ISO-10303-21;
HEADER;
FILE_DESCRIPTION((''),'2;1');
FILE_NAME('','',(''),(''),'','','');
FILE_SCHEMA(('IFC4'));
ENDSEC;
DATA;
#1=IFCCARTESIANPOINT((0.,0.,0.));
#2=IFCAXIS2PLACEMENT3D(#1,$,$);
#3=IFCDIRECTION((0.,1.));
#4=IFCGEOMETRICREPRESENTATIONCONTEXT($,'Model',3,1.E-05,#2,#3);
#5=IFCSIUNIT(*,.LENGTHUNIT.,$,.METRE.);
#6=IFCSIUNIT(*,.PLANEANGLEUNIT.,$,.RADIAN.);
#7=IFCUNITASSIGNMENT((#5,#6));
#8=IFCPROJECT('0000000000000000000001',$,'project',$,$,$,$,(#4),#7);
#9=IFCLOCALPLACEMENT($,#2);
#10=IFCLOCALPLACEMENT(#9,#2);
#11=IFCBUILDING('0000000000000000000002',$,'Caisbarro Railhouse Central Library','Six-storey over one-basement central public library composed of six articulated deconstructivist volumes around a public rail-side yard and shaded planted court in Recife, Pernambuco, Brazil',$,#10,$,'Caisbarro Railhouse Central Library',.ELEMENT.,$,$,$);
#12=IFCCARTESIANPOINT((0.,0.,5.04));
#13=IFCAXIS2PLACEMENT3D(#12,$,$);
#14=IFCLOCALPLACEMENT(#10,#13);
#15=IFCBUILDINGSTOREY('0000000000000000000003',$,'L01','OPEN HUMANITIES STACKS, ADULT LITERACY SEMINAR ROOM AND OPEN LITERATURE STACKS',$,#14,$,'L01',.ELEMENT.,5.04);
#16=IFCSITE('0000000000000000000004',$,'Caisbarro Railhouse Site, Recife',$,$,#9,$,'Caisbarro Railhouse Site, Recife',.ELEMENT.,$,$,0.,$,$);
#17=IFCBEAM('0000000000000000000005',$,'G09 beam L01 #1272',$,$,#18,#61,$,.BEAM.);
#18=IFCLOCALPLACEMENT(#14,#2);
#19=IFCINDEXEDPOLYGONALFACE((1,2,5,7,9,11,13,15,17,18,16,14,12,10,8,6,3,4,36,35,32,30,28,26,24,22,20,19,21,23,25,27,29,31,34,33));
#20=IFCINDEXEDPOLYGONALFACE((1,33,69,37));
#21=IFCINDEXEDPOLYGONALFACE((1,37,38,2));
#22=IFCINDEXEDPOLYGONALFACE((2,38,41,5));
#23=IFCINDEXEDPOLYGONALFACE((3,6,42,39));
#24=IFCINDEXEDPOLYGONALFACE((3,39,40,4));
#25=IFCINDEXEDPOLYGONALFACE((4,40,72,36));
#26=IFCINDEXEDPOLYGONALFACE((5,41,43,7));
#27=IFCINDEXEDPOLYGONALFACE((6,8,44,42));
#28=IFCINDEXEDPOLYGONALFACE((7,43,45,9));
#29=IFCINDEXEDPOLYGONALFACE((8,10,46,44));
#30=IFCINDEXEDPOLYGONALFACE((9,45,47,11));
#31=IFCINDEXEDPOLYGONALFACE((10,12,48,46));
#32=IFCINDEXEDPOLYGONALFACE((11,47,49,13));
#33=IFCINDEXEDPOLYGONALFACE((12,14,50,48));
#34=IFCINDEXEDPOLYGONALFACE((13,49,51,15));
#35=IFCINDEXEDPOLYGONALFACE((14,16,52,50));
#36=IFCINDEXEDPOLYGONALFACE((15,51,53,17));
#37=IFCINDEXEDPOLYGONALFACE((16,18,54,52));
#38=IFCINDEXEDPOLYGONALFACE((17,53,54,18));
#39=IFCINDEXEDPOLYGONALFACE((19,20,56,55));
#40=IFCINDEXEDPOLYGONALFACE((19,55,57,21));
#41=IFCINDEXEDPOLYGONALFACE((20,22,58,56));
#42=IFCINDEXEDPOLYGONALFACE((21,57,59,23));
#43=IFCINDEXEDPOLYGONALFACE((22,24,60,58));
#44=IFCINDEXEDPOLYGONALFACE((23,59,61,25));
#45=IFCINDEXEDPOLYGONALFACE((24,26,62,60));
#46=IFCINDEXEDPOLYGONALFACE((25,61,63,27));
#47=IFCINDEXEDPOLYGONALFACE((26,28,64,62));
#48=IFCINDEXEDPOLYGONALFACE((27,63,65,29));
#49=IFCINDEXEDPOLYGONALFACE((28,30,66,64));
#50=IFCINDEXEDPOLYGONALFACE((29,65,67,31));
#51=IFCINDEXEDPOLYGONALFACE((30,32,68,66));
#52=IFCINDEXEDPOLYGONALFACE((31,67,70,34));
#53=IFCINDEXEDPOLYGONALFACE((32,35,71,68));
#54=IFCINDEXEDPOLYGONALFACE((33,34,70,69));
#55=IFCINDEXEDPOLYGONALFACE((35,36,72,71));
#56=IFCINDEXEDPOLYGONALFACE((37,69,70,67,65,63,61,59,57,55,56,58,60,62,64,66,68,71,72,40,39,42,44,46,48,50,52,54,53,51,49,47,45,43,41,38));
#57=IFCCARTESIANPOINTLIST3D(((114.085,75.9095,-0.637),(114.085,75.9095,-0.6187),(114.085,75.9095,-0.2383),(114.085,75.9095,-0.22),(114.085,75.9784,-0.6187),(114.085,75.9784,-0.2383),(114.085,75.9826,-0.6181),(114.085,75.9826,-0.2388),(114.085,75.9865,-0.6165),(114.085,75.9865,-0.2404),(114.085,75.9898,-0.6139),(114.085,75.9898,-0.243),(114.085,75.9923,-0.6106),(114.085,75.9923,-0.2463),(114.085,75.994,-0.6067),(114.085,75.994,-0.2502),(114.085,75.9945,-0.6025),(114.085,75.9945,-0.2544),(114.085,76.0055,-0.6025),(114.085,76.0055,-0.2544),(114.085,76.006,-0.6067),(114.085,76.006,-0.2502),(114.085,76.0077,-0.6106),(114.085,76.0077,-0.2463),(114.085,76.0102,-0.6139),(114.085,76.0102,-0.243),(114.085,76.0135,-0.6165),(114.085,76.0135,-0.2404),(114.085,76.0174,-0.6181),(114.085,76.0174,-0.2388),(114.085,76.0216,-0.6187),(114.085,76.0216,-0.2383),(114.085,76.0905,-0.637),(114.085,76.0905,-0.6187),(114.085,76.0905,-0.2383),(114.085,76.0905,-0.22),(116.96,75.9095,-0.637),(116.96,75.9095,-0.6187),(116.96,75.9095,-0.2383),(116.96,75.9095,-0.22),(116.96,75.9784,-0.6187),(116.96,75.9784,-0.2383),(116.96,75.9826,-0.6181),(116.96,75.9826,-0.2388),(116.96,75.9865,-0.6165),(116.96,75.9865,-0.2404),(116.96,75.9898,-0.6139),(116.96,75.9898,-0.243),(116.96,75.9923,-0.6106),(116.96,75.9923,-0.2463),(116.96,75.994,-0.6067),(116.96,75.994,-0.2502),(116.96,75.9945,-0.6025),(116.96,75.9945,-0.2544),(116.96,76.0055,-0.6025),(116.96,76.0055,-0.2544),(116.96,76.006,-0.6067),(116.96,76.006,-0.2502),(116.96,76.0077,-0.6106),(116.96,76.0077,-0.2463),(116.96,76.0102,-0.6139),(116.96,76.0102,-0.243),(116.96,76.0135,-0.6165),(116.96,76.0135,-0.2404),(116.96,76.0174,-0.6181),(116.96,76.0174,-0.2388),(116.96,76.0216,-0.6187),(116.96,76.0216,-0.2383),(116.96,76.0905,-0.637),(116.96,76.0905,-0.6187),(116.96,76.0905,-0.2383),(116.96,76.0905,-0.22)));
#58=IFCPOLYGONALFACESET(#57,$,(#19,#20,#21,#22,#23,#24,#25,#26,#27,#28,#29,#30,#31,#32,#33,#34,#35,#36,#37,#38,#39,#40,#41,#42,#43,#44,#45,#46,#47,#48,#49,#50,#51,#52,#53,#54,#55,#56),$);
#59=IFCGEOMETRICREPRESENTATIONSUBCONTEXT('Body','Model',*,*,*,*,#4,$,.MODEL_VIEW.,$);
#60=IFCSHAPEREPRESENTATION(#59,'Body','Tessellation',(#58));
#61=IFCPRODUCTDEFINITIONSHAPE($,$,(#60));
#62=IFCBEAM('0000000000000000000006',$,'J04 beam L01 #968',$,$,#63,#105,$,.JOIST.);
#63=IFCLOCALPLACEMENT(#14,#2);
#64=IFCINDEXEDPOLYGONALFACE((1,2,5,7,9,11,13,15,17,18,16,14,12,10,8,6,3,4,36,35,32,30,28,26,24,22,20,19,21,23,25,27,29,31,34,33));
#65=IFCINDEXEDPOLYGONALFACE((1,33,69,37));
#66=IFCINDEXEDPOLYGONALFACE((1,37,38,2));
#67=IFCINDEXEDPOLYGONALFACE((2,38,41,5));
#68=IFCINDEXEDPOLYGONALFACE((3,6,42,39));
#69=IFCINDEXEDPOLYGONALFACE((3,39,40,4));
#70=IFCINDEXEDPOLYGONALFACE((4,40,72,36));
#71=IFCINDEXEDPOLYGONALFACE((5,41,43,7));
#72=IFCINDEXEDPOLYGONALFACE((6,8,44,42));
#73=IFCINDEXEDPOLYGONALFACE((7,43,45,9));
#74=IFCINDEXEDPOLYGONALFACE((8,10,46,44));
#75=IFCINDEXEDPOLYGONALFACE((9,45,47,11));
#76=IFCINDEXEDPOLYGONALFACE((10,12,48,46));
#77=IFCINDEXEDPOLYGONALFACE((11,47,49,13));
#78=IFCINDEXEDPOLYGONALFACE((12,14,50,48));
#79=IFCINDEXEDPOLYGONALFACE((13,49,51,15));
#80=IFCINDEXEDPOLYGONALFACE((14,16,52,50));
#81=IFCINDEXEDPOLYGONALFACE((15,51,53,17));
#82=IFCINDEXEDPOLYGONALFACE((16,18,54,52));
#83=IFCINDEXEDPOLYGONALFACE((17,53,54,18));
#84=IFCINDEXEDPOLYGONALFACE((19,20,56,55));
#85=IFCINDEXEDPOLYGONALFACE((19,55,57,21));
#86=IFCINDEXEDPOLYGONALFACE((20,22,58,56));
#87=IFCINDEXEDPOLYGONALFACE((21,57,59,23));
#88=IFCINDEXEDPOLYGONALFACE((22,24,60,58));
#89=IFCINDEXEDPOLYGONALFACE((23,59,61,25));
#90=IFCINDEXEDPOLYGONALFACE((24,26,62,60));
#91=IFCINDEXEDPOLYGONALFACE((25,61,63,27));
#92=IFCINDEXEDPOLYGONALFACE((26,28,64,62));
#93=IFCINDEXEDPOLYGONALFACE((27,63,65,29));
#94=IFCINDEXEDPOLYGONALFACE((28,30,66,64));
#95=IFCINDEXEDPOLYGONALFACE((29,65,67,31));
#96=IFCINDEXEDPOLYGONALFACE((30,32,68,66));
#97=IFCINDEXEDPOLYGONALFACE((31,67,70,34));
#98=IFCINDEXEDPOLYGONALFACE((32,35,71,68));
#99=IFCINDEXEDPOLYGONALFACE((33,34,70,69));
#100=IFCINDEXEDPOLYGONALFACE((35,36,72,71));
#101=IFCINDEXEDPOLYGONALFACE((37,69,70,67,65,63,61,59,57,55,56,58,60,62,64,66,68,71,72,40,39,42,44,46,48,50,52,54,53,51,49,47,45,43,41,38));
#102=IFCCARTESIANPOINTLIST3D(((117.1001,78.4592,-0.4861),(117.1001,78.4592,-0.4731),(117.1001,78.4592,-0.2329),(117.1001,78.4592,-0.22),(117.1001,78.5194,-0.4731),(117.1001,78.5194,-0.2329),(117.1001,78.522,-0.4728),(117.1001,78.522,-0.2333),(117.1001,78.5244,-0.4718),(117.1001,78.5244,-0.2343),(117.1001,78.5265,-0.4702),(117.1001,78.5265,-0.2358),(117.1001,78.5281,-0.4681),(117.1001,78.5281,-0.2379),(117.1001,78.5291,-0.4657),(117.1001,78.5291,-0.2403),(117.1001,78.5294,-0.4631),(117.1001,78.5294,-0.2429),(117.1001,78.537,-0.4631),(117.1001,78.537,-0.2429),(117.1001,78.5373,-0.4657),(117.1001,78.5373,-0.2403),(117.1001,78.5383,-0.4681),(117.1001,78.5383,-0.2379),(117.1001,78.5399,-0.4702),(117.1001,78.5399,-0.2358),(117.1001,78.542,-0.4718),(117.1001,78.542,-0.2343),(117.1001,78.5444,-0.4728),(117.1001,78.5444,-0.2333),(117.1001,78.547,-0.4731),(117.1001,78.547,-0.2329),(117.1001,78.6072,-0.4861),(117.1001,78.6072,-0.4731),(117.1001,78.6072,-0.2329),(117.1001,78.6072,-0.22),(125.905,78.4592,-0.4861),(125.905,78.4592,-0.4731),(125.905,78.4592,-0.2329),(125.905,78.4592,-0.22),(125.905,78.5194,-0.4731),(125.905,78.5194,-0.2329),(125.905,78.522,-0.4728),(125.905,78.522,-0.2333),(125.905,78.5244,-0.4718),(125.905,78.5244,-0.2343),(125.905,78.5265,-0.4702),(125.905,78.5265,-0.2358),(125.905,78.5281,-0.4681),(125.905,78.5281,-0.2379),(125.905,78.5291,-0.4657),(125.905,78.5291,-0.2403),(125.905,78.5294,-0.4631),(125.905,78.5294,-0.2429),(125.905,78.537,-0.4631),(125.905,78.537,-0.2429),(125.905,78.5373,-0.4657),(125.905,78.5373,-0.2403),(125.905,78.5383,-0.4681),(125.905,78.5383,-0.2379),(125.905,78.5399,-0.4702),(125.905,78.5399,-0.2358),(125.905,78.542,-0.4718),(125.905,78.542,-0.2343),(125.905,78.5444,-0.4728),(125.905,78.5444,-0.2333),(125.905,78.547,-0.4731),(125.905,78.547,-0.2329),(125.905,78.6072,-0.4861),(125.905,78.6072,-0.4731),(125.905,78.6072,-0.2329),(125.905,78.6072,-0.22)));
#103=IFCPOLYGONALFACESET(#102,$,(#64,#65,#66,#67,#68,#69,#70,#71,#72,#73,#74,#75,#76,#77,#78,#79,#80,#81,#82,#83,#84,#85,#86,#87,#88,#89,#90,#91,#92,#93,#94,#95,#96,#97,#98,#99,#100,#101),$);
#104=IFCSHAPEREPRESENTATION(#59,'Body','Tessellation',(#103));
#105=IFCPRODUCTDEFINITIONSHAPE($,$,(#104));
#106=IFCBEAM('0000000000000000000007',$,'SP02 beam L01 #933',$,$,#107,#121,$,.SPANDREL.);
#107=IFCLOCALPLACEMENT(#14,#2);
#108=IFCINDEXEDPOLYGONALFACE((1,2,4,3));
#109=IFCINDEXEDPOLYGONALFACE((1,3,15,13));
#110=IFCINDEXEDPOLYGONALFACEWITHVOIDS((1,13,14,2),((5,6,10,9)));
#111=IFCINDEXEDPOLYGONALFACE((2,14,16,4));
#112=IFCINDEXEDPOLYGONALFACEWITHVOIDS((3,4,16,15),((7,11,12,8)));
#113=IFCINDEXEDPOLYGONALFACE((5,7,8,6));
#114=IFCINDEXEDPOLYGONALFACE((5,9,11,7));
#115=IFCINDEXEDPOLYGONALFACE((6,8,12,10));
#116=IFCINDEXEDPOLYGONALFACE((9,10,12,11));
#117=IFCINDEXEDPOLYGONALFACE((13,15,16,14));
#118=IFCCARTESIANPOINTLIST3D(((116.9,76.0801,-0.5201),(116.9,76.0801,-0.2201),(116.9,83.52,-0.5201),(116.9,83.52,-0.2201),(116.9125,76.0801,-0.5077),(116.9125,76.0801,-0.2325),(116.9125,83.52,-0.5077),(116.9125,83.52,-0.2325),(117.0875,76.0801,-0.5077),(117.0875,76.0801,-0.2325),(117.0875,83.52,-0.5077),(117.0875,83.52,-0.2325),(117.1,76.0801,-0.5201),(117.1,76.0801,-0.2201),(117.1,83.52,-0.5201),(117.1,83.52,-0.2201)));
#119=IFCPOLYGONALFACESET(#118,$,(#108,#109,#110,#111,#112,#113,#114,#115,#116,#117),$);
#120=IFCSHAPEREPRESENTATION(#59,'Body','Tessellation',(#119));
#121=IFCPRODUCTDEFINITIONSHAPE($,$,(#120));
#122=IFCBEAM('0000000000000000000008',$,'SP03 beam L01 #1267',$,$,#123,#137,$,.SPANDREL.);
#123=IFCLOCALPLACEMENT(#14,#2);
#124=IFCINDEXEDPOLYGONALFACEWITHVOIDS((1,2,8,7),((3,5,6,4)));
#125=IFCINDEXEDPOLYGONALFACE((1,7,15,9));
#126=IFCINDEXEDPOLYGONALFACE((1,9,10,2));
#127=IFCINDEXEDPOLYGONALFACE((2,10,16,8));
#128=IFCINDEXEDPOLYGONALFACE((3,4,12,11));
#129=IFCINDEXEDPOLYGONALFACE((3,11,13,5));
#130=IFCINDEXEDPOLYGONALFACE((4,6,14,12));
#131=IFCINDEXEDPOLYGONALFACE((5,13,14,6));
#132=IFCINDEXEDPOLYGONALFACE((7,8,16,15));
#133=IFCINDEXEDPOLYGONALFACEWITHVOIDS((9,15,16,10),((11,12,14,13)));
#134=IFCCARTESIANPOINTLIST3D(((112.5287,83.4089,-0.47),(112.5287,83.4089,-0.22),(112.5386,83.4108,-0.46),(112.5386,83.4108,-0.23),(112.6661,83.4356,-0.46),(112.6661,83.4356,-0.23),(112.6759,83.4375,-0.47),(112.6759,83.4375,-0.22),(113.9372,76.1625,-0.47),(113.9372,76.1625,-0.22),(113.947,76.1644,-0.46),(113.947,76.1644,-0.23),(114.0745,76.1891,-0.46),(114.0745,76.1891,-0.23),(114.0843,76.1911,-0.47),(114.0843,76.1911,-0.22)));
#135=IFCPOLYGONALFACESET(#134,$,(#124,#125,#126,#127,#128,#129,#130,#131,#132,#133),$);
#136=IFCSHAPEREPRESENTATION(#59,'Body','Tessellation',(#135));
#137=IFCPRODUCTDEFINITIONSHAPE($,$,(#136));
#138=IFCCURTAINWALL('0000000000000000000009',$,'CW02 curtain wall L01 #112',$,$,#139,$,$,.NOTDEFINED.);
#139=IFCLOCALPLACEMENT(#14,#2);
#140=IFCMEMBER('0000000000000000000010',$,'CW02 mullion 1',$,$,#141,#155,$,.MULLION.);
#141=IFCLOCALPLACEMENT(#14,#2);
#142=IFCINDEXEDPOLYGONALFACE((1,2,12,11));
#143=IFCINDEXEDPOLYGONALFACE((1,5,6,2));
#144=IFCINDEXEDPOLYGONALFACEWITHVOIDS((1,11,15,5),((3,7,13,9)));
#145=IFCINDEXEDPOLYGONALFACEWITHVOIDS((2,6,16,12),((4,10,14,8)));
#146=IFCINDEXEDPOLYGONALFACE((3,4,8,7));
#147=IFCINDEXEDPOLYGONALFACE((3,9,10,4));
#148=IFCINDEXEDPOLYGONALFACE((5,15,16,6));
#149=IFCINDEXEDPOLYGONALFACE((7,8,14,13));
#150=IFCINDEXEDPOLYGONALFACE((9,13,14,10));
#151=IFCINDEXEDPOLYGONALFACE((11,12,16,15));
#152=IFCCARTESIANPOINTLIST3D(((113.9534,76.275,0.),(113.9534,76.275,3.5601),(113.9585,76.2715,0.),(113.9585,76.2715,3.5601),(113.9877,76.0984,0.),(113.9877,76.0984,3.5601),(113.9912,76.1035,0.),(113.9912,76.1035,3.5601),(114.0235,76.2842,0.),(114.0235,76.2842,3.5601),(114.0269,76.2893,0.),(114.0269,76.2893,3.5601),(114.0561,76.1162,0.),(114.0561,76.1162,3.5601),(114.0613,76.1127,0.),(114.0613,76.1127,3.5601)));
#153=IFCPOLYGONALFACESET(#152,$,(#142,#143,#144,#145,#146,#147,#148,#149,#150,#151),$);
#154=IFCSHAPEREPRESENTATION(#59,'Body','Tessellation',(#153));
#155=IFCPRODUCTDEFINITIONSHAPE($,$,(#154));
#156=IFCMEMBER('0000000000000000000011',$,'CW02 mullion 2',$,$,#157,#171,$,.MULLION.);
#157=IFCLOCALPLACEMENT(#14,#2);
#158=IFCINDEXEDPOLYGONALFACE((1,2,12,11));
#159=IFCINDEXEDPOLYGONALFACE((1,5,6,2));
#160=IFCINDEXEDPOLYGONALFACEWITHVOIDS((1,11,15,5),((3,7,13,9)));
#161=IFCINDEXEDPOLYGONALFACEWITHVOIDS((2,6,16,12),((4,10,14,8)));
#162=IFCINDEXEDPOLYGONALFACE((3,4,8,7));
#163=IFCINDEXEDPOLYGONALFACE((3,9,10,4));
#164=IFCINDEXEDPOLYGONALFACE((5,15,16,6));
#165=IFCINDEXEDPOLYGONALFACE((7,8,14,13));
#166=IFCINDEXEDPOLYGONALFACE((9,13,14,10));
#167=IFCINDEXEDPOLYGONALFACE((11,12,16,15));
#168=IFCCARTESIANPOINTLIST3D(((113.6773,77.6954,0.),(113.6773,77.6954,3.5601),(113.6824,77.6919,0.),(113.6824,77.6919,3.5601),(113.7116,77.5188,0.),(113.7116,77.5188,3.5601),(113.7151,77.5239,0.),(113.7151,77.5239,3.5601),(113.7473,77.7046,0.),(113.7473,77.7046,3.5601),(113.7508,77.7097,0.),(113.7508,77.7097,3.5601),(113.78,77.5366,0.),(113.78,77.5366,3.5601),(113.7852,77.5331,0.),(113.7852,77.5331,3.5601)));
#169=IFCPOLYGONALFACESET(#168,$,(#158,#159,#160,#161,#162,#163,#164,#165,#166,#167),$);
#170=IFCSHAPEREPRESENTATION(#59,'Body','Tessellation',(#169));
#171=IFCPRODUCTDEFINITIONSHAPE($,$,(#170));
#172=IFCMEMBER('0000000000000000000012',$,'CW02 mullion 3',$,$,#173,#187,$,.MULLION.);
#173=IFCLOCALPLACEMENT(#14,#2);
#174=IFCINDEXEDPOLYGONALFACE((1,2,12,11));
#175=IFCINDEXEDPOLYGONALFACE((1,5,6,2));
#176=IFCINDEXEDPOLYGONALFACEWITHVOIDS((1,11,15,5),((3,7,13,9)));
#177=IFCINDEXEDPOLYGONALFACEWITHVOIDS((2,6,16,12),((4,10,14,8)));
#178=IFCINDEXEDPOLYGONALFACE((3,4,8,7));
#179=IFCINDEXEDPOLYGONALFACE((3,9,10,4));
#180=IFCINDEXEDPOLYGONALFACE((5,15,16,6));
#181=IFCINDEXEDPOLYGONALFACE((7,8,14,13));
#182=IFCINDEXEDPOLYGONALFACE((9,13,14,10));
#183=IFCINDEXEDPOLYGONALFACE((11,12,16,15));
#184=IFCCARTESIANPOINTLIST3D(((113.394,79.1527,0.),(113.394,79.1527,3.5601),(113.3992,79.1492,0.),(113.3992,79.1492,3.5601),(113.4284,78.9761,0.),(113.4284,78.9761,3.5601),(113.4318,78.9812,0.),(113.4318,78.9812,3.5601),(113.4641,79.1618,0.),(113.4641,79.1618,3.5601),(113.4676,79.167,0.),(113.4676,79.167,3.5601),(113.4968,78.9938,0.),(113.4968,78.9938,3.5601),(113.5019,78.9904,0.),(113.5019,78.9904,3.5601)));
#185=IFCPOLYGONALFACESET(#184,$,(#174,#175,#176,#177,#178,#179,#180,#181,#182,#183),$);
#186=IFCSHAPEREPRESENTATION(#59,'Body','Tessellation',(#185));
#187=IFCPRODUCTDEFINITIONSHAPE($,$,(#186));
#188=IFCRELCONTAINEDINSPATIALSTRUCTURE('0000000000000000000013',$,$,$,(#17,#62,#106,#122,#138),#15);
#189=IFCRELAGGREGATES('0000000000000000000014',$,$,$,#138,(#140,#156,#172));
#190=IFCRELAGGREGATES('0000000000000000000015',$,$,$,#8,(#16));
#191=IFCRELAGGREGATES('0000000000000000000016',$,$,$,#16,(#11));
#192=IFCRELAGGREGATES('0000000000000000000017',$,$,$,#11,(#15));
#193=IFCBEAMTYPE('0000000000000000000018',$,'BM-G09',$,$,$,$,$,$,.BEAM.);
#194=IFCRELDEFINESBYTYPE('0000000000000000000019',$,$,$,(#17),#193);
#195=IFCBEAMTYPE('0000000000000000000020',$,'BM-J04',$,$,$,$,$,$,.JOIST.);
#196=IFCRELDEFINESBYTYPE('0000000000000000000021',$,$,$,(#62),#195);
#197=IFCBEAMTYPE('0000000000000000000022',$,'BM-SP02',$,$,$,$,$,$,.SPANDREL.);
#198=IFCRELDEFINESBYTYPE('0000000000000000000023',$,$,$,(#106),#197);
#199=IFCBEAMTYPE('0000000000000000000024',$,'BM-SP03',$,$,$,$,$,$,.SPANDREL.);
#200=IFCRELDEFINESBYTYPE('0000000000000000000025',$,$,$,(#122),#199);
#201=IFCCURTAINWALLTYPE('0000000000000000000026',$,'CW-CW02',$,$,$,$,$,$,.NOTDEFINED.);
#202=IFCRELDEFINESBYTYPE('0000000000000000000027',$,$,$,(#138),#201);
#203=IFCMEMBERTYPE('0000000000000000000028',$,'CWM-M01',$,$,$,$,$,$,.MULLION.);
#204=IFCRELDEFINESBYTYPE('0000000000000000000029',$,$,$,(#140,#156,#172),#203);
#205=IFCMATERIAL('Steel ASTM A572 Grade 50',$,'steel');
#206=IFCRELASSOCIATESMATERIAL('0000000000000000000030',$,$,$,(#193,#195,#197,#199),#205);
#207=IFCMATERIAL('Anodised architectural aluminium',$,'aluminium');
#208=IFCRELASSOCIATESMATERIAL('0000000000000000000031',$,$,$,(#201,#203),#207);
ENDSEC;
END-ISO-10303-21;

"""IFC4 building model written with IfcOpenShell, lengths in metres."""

from ifc_helpers import new_model, si_unit, direction, frame, origin, origin_2d, place, context, subcontext, project, spatial, hollow_rectangle, i_section, extrude, material, material_profile, profile_set, type_object, element, aggregate, save


model = new_model("IFC4")

# Units and contexts
model_context = context("Model", 3, precision=1e-05, world=origin(), true_north=direction((0.0, 1.0)))
body_context = subcontext(model_context, "Body", "Model", "MODEL_VIEW")
ifc_project = project(units=[si_unit("LENGTHUNIT", "METRE"), si_unit("PLANEANGLEUNIT", "RADIAN")], contexts=[model_context])

# Site, building, storey
site_placement = place(None, origin())
site = spatial("IfcSite", under=ifc_project, at=site_placement, Name="Caisbarro Railhouse Site, Recife", LongName="Caisbarro Railhouse Site, Recife", CompositionType="ELEMENT", RefElevation=0.0)
building_placement = place(site_placement, origin())
building = spatial("IfcBuilding", under=site, at=building_placement, Name="Caisbarro Railhouse Central Library", Description="Six-storey over one-basement central public library composed of six articulated deconstructivist volumes around a public rail-side yard and shaded planted court in Recife, Pernambuco, Brazil", LongName="Caisbarro Railhouse Central Library", CompositionType="ELEMENT")
storey_placement = place(building_placement, frame((0.0, 0.0, 5.04)))
storey = spatial("IfcBuildingStorey", under=building, at=storey_placement, Name="L01", Description="OPEN HUMANITIES STACKS, ADULT LITERACY SEMINAR ROOM AND OPEN LITERATURE STACKS", LongName="L01", CompositionType="ELEMENT", Elevation=5.04)

# Shared definitions
ifc_material_1 = material(Name="Steel ASTM A572 Grade 50", Category="steel")

# Beams
ifc_material_profile_1 = material_profile(ifc_material_1, i_section(OverallWidth=0.1809, OverallDepth=0.417, WebThickness=0.011, FlangeThickness=0.0183, FilletRadius=0.0161, at=origin_2d()), Name="W410X85.0")
ifc_profile_set_1 = profile_set([ifc_material_profile_1], Name="Steel ASTM A572 Grade 50")
beam_type_1 = type_object("IfcBeamType", Name="BM-G09", PredefinedType="BEAM", material=ifc_profile_set_1)
beam_1_placement = place(storey_placement, frame((114.085, 76.0, -0.4285), z_axis=(1.0, 0.0, 0.0), x_axis=(0.0, 1.0, 0.0)))
element("IfcBeam", 1, at=beam_1_placement, inside=storey, type_object=beam_type_1, Name="G09 beam L01 #1272", PredefinedType="BEAM", context=body_context, shape_type="SweptSolid", body=[
    extrude(i_section(OverallWidth=0.1809, OverallDepth=0.417, WebThickness=0.011, FlangeThickness=0.0183, FilletRadius=0.0161, at=origin_2d()), origin(), (0.0, 0.0, 1.0), 2.875),
])
ifc_material_profile_2 = material_profile(ifc_material_1, i_section(OverallWidth=0.1479, OverallDepth=0.2661, WebThickness=0.0076, FlangeThickness=0.0129, FilletRadius=0.01, at=origin_2d()), Name="W250X44.8")
ifc_profile_set_2 = profile_set([ifc_material_profile_2], Name="Steel ASTM A572 Grade 50")
beam_type_2 = type_object("IfcBeamType", Name="BM-J04", PredefinedType="JOIST", material=ifc_profile_set_2)
beam_2_placement = place(storey_placement, frame((117.1001, 78.5332, -0.353), z_axis=(1.0, 0.0, 0.0), x_axis=(0.0, 1.0, 0.0)))
element("IfcBeam", 2, at=beam_2_placement, inside=storey, type_object=beam_type_2, Name="J04 beam L01 #968", PredefinedType="JOIST", context=body_context, shape_type="SweptSolid", body=[
    extrude(i_section(OverallWidth=0.1479, OverallDepth=0.2661, WebThickness=0.0076, FlangeThickness=0.0129, FilletRadius=0.01, at=origin_2d()), origin(), (0.0, 0.0, 1.0), 8.8049),
])
ifc_material_profile_3 = material_profile(ifc_material_1, hollow_rectangle(XDim=0.2, YDim=0.3, WallThickness=0.0125, at=origin_2d()), Name="HSS300X200X12.5")
ifc_profile_set_3 = profile_set([ifc_material_profile_3], Name="Steel ASTM A572 Grade 50")
beam_type_3 = type_object("IfcBeamType", Name="BM-SP02", PredefinedType="SPANDREL", material=ifc_profile_set_3)
beam_3_placement = place(storey_placement, frame((117.0, 76.0801, -0.3701), z_axis=(0.0, 1.0, 0.0), x_axis=(-1.0, 0.0, 0.0)))
element("IfcBeam", 3, at=beam_3_placement, inside=storey, type_object=beam_type_3, Name="SP02 beam L01 #933", PredefinedType="SPANDREL", context=body_context, shape_type="SweptSolid", body=[
    extrude(hollow_rectangle(XDim=0.2, YDim=0.3, WallThickness=0.0125, at=origin_2d()), origin(), (0.0, 0.0, 1.0), 7.4399),
])
ifc_material_profile_4 = material_profile(ifc_material_1, hollow_rectangle(XDim=0.1499, YDim=0.25, WallThickness=0.01, at=origin_2d()), Name="HSS250X150X10")
ifc_profile_set_4 = profile_set([ifc_material_profile_4], Name="Steel ASTM A572 Grade 50")
beam_type_4 = type_object("IfcBeamType", Name="BM-SP03", PredefinedType="SPANDREL", material=ifc_profile_set_4)
beam_4_placement = place(storey_placement, frame((114.0107, 76.1768, -0.345), z_axis=(-0.19079, 0.981631, 0.0), x_axis=(-0.981631, -0.19079, 0.0)))
element("IfcBeam", 4, at=beam_4_placement, inside=storey, type_object=beam_type_4, Name="SP03 beam L01 #1267", PredefinedType="SPANDREL", context=body_context, shape_type="SweptSolid", body=[
    extrude(hollow_rectangle(XDim=0.1499, YDim=0.25, WallThickness=0.01, at=origin_2d()), origin(), (0.0, 0.0, 1.0), 7.3821),
])

# Curtain wall, members
ifc_material_2 = material(Name="Anodised architectural aluminium", Category="aluminium")
curtain_wall_type = type_object("IfcCurtainWallType", Name="CW-CW02", PredefinedType="NOTDEFINED", material=ifc_material_2)
curtain_wall_placement = place(storey_placement, origin())
curtain_wall = element("IfcCurtainWall", 5, at=curtain_wall_placement, inside=storey, type_object=curtain_wall_type, Name="CW02 curtain wall L01 #112", PredefinedType="NOTDEFINED")
ifc_material_profile_5 = material_profile(ifc_material_2, hollow_rectangle(XDim=0.075, YDim=0.1799, WallThickness=0.0044, at=origin_2d()), Name="ALU-MUL-75X180")
ifc_profile_set_5 = profile_set([ifc_material_profile_5], Name="Anodised architectural aluminium")
member_type_1 = type_object("IfcMemberType", Name="CWM-M01", PredefinedType="MULLION", material=ifc_profile_set_5)
member_1_placement = place(storey_placement, frame((114.0073, 76.1938, 0.0), z_axis=(0.0, 0.0, 1.0), x_axis=(-0.981633, -0.190781, 0.0)))
member_1 = element("IfcMember", 6, at=member_1_placement, type_object=member_type_1, Name="CW02 mullion 1", PredefinedType="MULLION", context=body_context, shape_type="SweptSolid", body=[
    extrude(hollow_rectangle(XDim=0.075, YDim=0.1799, WallThickness=0.0044, at=origin_2d()), origin(), (0.0, 0.0, 1.0), 3.5601),
])
member_2_placement = place(storey_placement, frame((113.7312, 77.6143, 0.0), z_axis=(0.0, 0.0, 1.0), x_axis=(-0.981633, -0.190781, 0.0)))
member_2 = element("IfcMember", 7, at=member_2_placement, type_object=member_type_1, Name="CW02 mullion 2", PredefinedType="MULLION", context=body_context, shape_type="SweptSolid", body=[
    extrude(hollow_rectangle(XDim=0.075, YDim=0.1799, WallThickness=0.0044, at=origin_2d()), origin(), (0.0, 0.0, 1.0), 3.5601),
])
member_3_placement = place(storey_placement, frame((113.448, 79.0715, 0.0), z_axis=(0.0, 0.0, 1.0), x_axis=(-0.981633, -0.190781, 0.0)))
member_3 = element("IfcMember", 8, at=member_3_placement, type_object=member_type_1, Name="CW02 mullion 3", PredefinedType="MULLION", context=body_context, shape_type="SweptSolid", body=[
    extrude(hollow_rectangle(XDim=0.075, YDim=0.1799, WallThickness=0.0044, at=origin_2d()), origin(), (0.0, 0.0, 1.0), 3.5601),
])
aggregate(curtain_wall, [member_1, member_2, member_3])

save(model, "model.ifc")
